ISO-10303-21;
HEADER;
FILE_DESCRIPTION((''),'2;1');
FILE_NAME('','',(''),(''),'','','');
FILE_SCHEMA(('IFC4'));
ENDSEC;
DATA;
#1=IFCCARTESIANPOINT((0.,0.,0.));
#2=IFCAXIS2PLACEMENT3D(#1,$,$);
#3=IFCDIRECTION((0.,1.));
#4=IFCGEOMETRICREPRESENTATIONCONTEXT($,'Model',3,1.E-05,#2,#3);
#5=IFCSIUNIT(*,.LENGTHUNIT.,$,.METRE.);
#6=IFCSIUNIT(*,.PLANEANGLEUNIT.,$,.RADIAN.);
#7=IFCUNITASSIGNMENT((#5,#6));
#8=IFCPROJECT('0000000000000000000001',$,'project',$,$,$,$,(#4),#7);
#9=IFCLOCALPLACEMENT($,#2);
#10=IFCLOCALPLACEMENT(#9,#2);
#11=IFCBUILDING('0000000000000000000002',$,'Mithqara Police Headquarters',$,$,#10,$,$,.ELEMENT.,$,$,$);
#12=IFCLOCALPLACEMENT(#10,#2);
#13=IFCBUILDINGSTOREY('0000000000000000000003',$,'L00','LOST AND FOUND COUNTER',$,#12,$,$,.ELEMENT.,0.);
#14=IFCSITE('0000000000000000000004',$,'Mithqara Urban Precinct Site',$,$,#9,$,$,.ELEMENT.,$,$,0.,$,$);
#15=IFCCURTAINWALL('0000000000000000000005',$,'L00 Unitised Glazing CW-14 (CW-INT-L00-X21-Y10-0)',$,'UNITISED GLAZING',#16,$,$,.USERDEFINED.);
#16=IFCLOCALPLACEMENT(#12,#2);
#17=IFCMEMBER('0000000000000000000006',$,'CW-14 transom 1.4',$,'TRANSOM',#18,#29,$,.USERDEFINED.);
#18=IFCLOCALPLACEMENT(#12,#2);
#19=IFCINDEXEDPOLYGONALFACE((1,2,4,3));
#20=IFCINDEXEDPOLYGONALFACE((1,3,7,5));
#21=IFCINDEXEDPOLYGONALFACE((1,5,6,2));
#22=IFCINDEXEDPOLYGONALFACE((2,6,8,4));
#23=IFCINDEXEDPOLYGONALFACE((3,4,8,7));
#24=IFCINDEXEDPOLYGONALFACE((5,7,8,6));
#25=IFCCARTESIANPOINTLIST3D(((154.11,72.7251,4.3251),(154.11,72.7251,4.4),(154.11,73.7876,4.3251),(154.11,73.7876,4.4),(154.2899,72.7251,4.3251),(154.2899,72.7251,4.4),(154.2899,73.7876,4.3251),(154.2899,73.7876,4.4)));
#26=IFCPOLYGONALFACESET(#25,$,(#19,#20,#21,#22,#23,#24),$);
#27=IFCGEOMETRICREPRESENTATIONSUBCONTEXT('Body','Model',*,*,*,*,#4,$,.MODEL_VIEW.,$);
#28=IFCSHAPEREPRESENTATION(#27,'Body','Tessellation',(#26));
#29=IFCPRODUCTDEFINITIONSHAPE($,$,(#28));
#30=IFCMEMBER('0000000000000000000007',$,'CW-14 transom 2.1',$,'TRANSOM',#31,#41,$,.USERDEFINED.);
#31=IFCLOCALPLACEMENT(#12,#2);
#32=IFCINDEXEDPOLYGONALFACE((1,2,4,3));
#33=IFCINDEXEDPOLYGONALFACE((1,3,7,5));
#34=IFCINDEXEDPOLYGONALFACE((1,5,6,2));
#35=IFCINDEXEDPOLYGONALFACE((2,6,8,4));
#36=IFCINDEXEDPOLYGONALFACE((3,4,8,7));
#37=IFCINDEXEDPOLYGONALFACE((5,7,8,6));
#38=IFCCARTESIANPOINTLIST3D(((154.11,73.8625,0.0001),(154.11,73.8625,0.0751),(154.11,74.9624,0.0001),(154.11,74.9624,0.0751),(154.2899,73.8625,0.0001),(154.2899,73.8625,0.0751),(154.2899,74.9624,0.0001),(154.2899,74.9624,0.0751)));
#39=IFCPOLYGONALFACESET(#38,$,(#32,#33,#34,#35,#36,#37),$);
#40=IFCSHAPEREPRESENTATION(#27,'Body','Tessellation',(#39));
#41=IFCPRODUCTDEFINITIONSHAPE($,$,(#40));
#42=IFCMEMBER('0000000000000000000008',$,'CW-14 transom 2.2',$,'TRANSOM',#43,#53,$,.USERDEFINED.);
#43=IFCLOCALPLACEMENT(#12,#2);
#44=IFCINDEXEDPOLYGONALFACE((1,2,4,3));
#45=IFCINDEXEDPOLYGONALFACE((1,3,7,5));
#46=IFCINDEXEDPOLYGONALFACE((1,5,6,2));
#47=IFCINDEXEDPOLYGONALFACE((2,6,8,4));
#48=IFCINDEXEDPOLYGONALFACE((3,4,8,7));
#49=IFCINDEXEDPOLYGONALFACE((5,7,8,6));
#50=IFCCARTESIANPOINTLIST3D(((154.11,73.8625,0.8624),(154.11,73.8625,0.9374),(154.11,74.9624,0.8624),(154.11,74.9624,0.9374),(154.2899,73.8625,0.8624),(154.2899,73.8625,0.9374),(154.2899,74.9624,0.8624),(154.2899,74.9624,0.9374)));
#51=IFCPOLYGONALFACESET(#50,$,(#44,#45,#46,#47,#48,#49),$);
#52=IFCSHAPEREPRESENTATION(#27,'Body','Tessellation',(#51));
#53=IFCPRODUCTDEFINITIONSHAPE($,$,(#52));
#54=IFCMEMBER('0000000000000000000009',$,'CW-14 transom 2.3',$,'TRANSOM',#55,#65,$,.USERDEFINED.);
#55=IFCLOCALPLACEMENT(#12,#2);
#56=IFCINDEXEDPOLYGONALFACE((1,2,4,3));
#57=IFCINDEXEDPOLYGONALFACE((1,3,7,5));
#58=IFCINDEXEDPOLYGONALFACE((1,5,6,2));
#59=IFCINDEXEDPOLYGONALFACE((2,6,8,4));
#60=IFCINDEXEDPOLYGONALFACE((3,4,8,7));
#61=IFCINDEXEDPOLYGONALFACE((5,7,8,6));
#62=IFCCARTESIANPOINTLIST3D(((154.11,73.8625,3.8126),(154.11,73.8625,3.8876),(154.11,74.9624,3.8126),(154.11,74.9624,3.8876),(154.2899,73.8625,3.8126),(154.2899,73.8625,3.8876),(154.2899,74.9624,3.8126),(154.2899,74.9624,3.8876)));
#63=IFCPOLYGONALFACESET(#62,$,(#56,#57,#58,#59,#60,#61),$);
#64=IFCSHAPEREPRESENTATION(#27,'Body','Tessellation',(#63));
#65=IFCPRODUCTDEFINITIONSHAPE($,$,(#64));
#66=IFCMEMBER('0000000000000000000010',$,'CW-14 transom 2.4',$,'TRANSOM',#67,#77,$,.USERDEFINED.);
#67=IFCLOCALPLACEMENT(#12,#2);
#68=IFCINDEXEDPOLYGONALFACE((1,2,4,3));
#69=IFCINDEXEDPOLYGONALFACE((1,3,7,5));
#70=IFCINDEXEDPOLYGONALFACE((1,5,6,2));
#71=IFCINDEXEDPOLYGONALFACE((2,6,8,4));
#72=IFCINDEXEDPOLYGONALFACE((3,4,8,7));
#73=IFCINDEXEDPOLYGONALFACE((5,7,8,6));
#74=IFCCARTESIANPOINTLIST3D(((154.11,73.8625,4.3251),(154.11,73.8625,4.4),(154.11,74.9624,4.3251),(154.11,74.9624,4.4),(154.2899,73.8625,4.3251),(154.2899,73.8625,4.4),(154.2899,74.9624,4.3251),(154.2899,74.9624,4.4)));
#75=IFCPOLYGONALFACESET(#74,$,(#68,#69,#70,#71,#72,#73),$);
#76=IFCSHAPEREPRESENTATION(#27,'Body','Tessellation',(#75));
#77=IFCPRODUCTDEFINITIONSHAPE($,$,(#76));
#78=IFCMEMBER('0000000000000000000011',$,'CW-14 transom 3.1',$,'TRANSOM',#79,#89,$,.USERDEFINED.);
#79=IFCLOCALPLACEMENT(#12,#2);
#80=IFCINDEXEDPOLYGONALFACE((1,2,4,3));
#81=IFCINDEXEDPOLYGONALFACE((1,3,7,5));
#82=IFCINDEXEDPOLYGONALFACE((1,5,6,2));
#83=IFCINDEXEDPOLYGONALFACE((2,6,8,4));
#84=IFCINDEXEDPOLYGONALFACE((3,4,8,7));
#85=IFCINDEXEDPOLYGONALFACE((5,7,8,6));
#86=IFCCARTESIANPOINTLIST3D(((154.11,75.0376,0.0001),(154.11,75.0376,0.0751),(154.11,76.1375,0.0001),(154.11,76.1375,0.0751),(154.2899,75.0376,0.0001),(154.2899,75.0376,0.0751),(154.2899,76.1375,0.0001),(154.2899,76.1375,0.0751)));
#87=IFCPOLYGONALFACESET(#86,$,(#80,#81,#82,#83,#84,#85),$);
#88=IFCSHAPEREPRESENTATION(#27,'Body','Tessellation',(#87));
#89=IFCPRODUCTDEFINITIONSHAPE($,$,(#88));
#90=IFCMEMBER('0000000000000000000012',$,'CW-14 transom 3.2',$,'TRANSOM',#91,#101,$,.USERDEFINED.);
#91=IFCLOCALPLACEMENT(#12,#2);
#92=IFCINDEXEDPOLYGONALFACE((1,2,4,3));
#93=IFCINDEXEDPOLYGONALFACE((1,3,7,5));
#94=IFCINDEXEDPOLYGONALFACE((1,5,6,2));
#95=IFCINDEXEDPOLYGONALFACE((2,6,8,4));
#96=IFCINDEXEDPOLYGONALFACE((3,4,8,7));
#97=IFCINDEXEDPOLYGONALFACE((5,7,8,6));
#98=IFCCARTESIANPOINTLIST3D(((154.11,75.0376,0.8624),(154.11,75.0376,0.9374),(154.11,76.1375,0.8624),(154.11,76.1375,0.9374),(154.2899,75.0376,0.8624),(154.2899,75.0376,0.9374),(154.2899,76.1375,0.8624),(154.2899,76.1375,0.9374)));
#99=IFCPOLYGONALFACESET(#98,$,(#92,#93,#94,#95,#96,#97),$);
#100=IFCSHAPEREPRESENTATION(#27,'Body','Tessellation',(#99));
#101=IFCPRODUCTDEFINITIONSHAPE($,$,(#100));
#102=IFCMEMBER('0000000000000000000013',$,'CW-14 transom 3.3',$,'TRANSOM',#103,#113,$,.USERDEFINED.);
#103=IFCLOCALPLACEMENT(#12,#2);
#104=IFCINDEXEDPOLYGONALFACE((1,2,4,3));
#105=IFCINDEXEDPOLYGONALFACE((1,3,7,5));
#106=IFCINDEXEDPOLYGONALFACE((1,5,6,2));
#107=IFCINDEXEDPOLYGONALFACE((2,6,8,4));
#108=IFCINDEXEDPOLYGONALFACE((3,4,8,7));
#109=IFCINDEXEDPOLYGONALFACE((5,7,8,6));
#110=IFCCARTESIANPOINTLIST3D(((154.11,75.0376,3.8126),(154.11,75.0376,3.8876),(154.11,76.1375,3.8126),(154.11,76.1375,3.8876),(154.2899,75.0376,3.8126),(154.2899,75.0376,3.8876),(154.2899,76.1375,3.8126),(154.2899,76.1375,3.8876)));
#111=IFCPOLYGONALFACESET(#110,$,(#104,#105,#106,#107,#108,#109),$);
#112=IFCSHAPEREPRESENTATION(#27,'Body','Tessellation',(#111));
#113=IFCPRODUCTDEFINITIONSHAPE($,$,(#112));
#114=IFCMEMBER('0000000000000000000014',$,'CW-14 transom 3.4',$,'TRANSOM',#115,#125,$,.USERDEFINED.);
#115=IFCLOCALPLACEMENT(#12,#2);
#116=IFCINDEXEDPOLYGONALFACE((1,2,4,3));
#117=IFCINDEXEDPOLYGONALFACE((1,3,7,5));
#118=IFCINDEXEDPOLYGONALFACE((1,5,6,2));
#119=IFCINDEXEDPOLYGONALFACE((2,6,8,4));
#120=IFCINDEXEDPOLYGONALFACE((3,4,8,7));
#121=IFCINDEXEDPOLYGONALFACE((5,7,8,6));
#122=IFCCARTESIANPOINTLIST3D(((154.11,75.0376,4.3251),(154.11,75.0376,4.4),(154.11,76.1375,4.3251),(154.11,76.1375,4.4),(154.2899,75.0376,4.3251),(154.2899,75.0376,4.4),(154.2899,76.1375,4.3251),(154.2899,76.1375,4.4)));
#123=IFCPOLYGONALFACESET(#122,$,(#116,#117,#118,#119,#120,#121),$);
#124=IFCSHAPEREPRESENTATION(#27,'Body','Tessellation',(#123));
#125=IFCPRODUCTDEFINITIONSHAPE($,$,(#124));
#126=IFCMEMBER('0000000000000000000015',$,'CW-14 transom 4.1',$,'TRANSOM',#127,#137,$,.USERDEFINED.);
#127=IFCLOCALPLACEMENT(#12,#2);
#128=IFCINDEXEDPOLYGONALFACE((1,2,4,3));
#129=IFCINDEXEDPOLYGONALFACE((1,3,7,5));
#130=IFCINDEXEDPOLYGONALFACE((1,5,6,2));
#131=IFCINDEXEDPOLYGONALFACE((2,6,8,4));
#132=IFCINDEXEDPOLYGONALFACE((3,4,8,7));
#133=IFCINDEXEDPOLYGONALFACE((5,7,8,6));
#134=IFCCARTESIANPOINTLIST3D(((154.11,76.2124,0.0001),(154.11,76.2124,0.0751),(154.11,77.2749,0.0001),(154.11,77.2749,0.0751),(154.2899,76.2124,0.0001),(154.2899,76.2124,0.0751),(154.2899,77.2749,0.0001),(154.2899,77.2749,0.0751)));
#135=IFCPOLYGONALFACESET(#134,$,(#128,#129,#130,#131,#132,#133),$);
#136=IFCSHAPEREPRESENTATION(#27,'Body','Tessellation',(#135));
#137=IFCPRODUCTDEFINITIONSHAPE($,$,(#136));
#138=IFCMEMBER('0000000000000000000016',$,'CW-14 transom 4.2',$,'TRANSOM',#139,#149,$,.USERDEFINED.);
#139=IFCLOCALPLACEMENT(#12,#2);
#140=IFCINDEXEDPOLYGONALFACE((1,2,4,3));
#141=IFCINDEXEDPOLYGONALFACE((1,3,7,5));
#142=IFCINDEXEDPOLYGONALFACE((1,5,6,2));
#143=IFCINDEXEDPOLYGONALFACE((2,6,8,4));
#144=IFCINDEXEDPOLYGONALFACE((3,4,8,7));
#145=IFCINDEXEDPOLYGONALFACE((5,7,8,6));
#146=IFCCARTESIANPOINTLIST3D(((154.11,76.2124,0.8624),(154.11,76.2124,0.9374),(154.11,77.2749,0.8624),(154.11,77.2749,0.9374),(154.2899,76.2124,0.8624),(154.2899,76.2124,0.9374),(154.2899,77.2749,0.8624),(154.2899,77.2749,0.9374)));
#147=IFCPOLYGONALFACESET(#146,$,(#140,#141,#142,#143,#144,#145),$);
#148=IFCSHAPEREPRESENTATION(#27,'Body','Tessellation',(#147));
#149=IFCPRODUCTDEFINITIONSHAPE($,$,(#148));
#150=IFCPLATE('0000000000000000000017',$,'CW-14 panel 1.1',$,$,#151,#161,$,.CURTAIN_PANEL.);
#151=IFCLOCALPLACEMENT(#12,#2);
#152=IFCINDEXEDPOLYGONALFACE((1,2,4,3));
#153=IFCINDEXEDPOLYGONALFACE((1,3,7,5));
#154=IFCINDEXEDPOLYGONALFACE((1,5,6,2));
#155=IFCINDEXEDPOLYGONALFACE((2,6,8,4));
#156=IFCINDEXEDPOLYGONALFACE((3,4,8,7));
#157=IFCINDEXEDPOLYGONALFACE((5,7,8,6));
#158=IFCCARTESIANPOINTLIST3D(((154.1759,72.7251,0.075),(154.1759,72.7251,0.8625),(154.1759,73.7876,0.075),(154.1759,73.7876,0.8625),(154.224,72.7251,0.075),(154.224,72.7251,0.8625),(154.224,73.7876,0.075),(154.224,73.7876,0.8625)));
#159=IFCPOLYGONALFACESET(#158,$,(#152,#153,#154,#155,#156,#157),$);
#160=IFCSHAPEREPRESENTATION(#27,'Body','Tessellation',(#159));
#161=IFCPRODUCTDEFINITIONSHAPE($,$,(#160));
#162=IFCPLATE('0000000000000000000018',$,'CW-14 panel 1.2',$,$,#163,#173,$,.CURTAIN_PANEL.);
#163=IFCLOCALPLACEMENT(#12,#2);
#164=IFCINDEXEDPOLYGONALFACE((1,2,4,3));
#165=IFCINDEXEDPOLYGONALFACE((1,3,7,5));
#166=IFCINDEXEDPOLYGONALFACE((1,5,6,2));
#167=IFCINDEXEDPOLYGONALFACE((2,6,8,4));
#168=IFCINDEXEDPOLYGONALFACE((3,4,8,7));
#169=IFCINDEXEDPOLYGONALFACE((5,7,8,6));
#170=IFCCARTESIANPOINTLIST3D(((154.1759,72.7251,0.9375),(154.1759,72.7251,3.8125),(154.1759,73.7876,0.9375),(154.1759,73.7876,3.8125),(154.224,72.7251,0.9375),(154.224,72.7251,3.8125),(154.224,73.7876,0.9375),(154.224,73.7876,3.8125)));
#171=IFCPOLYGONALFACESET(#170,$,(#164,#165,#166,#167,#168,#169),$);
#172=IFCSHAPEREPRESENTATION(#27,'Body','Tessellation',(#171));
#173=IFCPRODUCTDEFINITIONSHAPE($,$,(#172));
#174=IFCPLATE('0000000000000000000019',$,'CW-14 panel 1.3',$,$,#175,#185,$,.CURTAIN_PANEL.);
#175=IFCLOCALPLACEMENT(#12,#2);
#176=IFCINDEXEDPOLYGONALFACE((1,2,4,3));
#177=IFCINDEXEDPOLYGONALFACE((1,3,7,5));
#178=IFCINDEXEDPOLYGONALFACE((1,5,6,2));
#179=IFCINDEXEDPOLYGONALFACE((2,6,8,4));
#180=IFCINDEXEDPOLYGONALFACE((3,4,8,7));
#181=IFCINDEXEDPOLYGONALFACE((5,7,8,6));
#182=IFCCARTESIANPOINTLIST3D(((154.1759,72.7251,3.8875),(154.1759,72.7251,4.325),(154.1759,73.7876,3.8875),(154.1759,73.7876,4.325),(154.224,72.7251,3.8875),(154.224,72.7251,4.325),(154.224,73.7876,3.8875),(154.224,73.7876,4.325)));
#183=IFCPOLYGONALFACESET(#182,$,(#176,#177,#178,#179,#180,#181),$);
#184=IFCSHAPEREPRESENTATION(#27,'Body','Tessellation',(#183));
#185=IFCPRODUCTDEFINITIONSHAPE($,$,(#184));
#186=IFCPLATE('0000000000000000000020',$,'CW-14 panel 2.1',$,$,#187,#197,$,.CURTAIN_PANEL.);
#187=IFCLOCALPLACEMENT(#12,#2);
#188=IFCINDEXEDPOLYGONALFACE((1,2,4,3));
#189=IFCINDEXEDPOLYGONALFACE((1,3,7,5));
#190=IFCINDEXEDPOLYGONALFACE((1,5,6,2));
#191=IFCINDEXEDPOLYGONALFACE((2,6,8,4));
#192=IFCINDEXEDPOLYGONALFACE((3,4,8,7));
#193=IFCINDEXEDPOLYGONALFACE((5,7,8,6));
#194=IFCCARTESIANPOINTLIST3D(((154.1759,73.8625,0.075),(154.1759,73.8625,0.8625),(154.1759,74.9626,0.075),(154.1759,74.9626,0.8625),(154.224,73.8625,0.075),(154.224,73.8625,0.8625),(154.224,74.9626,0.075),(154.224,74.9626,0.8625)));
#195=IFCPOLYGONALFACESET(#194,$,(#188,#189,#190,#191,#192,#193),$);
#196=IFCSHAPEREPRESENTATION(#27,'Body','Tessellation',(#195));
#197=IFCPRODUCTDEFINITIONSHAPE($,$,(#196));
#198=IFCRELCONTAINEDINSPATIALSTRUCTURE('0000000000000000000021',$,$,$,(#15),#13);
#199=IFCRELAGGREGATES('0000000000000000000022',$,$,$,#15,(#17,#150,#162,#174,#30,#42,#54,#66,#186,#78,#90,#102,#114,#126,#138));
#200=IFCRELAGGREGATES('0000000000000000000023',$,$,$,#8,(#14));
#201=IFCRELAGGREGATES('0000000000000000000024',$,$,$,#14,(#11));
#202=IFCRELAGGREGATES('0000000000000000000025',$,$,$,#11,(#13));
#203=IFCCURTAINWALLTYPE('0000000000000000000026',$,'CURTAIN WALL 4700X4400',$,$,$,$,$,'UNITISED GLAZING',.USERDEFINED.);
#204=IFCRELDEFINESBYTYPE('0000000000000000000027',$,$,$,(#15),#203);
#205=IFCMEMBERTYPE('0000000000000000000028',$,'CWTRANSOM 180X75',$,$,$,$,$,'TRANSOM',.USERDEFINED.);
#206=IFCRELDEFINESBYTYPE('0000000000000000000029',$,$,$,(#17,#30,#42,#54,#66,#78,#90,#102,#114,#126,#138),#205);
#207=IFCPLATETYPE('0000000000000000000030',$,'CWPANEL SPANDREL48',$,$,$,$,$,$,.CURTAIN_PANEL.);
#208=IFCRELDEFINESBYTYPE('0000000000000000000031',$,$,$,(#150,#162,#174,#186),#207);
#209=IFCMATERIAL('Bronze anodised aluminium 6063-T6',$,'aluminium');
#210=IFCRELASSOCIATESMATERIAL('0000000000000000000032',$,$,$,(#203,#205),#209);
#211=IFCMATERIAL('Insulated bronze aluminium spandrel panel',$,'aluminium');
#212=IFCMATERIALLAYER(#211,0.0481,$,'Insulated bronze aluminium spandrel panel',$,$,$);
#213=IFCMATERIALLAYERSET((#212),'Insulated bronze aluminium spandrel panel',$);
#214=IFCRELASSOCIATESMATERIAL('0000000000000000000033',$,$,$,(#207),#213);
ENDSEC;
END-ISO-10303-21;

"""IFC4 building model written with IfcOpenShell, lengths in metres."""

from ifc_helpers import new_model, si_unit, direction, frame, origin, origin_2d, place, context, subcontext, project, spatial, rectangle, extrude, material, layer, layer_set, material_profile, profile_set, type_object, element, aggregate, save


model = new_model("IFC4")

# Units and contexts
model_context = context("Model", 3, precision=1e-05, world=origin(), true_north=direction((0.0, 1.0)))
body_context = subcontext(model_context, "Body", "Model", "MODEL_VIEW")
ifc_project = project(units=[si_unit("LENGTHUNIT", "METRE"), si_unit("PLANEANGLEUNIT", "RADIAN")], contexts=[model_context])

# Site, building, storey
site_placement = place(None, origin())
site = spatial("IfcSite", under=ifc_project, at=site_placement, Name="Mithqara Urban Precinct Site", CompositionType="ELEMENT", RefElevation=0.0)
building_placement = place(site_placement, origin())
building = spatial("IfcBuilding", under=site, at=building_placement, Name="Mithqara Police Headquarters", CompositionType="ELEMENT")
storey_placement = place(building_placement, origin())
storey = spatial("IfcBuildingStorey", under=building, at=storey_placement, Name="L00", Description="LOST AND FOUND COUNTER", CompositionType="ELEMENT", Elevation=0.0)

# Shared definitions
ifc_material_1 = material(Name="Bronze anodised aluminium 6063-T6", Category="aluminium")
curtain_wall_type = type_object("IfcCurtainWallType", Name="CURTAIN WALL 4700X4400", ElementType="UNITISED GLAZING", PredefinedType="USERDEFINED", material=ifc_material_1)

# Curtain wall, members, plates
curtain_wall_1_placement = place(storey_placement, origin())
curtain_wall_1 = element("IfcCurtainWall", 1, at=curtain_wall_1_placement, inside=storey, type_object=curtain_wall_type, Name="L00 Unitised Glazing CW-14 (CW-INT-L00-X21-Y10-0)", ObjectType="UNITISED GLAZING", PredefinedType="USERDEFINED")
ifc_material_profile_1 = material_profile(ifc_material_1, rectangle(XDim=0.1799, YDim=0.075, at=origin_2d()), Name="CWT 180x75")
ifc_profile_set_1 = profile_set([ifc_material_profile_1], Name="Bronze anodised aluminium 6063-T6")
member_type_1 = type_object("IfcMemberType", Name="CWTRANSOM 180X75", ElementType="TRANSOM", PredefinedType="USERDEFINED", material=ifc_profile_set_1)
member_1_placement = place(storey_placement, frame((154.2, 72.7251, 4.3625), z_axis=(0.0, 1.0, 0.0), x_axis=(-1.0, 0.0, 0.0)))
member_1 = element("IfcMember", 2, at=member_1_placement, type_object=member_type_1, Name="CW-14 transom 1.4", ObjectType="TRANSOM", PredefinedType="USERDEFINED", context=body_context, shape_type="SweptSolid", body=[
    extrude(rectangle(XDim=0.1799, YDim=0.075, at=origin_2d()), origin(), (0.0, 0.0, 1.0), 1.0625),
])
member_2_placement = place(storey_placement, frame((154.2, 73.8625, 0.0376), z_axis=(0.0, 1.0, 0.0), x_axis=(-1.0, 0.0, 0.0)))
member_2 = element("IfcMember", 3, at=member_2_placement, type_object=member_type_1, Name="CW-14 transom 2.1", ObjectType="TRANSOM", PredefinedType="USERDEFINED", context=body_context, shape_type="SweptSolid", body=[
    extrude(rectangle(XDim=0.1799, YDim=0.075, at=origin_2d()), origin(), (0.0, 0.0, 1.0), 1.0999),
])
member_3_placement = place(storey_placement, frame((154.2, 73.8625, 0.8999), z_axis=(0.0, 1.0, 0.0), x_axis=(-1.0, 0.0, 0.0)))
member_3 = element("IfcMember", 4, at=member_3_placement, type_object=member_type_1, Name="CW-14 transom 2.2", ObjectType="TRANSOM", PredefinedType="USERDEFINED", context=body_context, shape_type="SweptSolid", body=[
    extrude(rectangle(XDim=0.1799, YDim=0.075, at=origin_2d()), origin(), (0.0, 0.0, 1.0), 1.0999),
])
member_4_placement = place(storey_placement, frame((154.2, 73.8625, 3.8501), z_axis=(0.0, 1.0, 0.0), x_axis=(-1.0, 0.0, 0.0)))
member_4 = element("IfcMember", 5, at=member_4_placement, type_object=member_type_1, Name="CW-14 transom 2.3", ObjectType="TRANSOM", PredefinedType="USERDEFINED", context=body_context, shape_type="SweptSolid", body=[
    extrude(rectangle(XDim=0.1799, YDim=0.075, at=origin_2d()), origin(), (0.0, 0.0, 1.0), 1.0999),
])
member_5_placement = place(storey_placement, frame((154.2, 73.8625, 4.3625), z_axis=(0.0, 1.0, 0.0), x_axis=(-1.0, 0.0, 0.0)))
member_5 = element("IfcMember", 6, at=member_5_placement, type_object=member_type_1, Name="CW-14 transom 2.4", ObjectType="TRANSOM", PredefinedType="USERDEFINED", context=body_context, shape_type="SweptSolid", body=[
    extrude(rectangle(XDim=0.1799, YDim=0.075, at=origin_2d()), origin(), (0.0, 0.0, 1.0), 1.0999),
])
member_6_placement = place(storey_placement, frame((154.2, 75.0376, 0.0376), z_axis=(0.0, 1.0, 0.0), x_axis=(-1.0, 0.0, 0.0)))
member_6 = element("IfcMember", 7, at=member_6_placement, type_object=member_type_1, Name="CW-14 transom 3.1", ObjectType="TRANSOM", PredefinedType="USERDEFINED", context=body_context, shape_type="SweptSolid", body=[
    extrude(rectangle(XDim=0.1799, YDim=0.075, at=origin_2d()), origin(), (0.0, 0.0, 1.0), 1.0999),
])
member_7_placement = place(storey_placement, frame((154.2, 75.0376, 0.8999), z_axis=(0.0, 1.0, 0.0), x_axis=(-1.0, 0.0, 0.0)))
member_7 = element("IfcMember", 8, at=member_7_placement, type_object=member_type_1, Name="CW-14 transom 3.2", ObjectType="TRANSOM", PredefinedType="USERDEFINED", context=body_context, shape_type="SweptSolid", body=[
    extrude(rectangle(XDim=0.1799, YDim=0.075, at=origin_2d()), origin(), (0.0, 0.0, 1.0), 1.0999),
])
member_8_placement = place(storey_placement, frame((154.2, 75.0376, 3.8501), z_axis=(0.0, 1.0, 0.0), x_axis=(-1.0, 0.0, 0.0)))
member_8 = element("IfcMember", 9, at=member_8_placement, type_object=member_type_1, Name="CW-14 transom 3.3", ObjectType="TRANSOM", PredefinedType="USERDEFINED", context=body_context, shape_type="SweptSolid", body=[
    extrude(rectangle(XDim=0.1799, YDim=0.075, at=origin_2d()), origin(), (0.0, 0.0, 1.0), 1.0999),
])
member_9_placement = place(storey_placement, frame((154.2, 75.0376, 4.3625), z_axis=(0.0, 1.0, 0.0), x_axis=(-1.0, 0.0, 0.0)))
member_9 = element("IfcMember", 10, at=member_9_placement, type_object=member_type_1, Name="CW-14 transom 3.4", ObjectType="TRANSOM", PredefinedType="USERDEFINED", context=body_context, shape_type="SweptSolid", body=[
    extrude(rectangle(XDim=0.1799, YDim=0.075, at=origin_2d()), origin(), (0.0, 0.0, 1.0), 1.0999),
])
member_10_placement = place(storey_placement, frame((154.2, 76.2124, 0.0376), z_axis=(0.0, 1.0, 0.0), x_axis=(-1.0, 0.0, 0.0)))
member_10 = element("IfcMember", 11, at=member_10_placement, type_object=member_type_1, Name="CW-14 transom 4.1", ObjectType="TRANSOM", PredefinedType="USERDEFINED", context=body_context, shape_type="SweptSolid", body=[
    extrude(rectangle(XDim=0.1799, YDim=0.075, at=origin_2d()), origin(), (0.0, 0.0, 1.0), 1.0625),
])
member_11_placement = place(storey_placement, frame((154.2, 76.2124, 0.8999), z_axis=(0.0, 1.0, 0.0), x_axis=(-1.0, 0.0, 0.0)))
member_11 = element("IfcMember", 12, at=member_11_placement, type_object=member_type_1, Name="CW-14 transom 4.2", ObjectType="TRANSOM", PredefinedType="USERDEFINED", context=body_context, shape_type="SweptSolid", body=[
    extrude(rectangle(XDim=0.1799, YDim=0.075, at=origin_2d()), origin(), (0.0, 0.0, 1.0), 1.0625),
])
ifc_material_2 = material(Name="Insulated bronze aluminium spandrel panel", Category="aluminium")
ifc_layer_1 = layer(ifc_material_2, 0.0481, Name="Insulated bronze aluminium spandrel panel")
ifc_layer_set_1 = layer_set([ifc_layer_1], Name="Insulated bronze aluminium spandrel panel")
plate_type = type_object("IfcPlateType", Name="CWPANEL SPANDREL48", PredefinedType="CURTAIN_PANEL", material=ifc_layer_set_1)
plate_1_placement = place(storey_placement, frame((154.2, 73.2563, 0.075), z_axis=(0.0, 0.0, 1.0), x_axis=(0.0, 1.0, 0.0)))
plate_1 = element("IfcPlate", 13, at=plate_1_placement, type_object=plate_type, Name="CW-14 panel 1.1", PredefinedType="CURTAIN_PANEL", context=body_context, shape_type="SweptSolid", body=[
    extrude(rectangle(XDim=1.0625, YDim=0.0481, at=origin_2d()), origin(), (0.0, 0.0, 1.0), 0.7876),
])
plate_2_placement = place(storey_placement, frame((154.2, 73.2563, 0.9375), z_axis=(0.0, 0.0, 1.0), x_axis=(0.0, 1.0, 0.0)))
plate_2 = element("IfcPlate", 14, at=plate_2_placement, type_object=plate_type, Name="CW-14 panel 1.2", PredefinedType="CURTAIN_PANEL", context=body_context, shape_type="SweptSolid", body=[
    extrude(rectangle(XDim=1.0625, YDim=0.0481, at=origin_2d()), origin(), (0.0, 0.0, 1.0), 2.875),
])
plate_3_placement = place(storey_placement, frame((154.2, 73.2563, 3.8875), z_axis=(0.0, 0.0, 1.0), x_axis=(0.0, 1.0, 0.0)))
plate_3 = element("IfcPlate", 15, at=plate_3_placement, type_object=plate_type, Name="CW-14 panel 1.3", PredefinedType="CURTAIN_PANEL", context=body_context, shape_type="SweptSolid", body=[
    extrude(rectangle(XDim=1.0625, YDim=0.0481, at=origin_2d()), origin(), (0.0, 0.0, 1.0), 0.4375),
])
plate_4_placement = place(storey_placement, frame((154.2, 74.4126, 0.075), z_axis=(0.0, 0.0, 1.0), x_axis=(0.0, 1.0, 0.0)))
plate_4 = element("IfcPlate", 16, at=plate_4_placement, type_object=plate_type, Name="CW-14 panel 2.1", PredefinedType="CURTAIN_PANEL", context=body_context, shape_type="SweptSolid", body=[
    extrude(rectangle(XDim=1.1001, YDim=0.0481, at=origin_2d()), origin(), (0.0, 0.0, 1.0), 0.7876),
])
aggregate(curtain_wall_1, [member_1, plate_1, plate_2, plate_3, member_2, member_3, member_4, member_5, plate_4, member_6, member_7, member_8, member_9, member_10, member_11])

save(model, "model.ifc")
